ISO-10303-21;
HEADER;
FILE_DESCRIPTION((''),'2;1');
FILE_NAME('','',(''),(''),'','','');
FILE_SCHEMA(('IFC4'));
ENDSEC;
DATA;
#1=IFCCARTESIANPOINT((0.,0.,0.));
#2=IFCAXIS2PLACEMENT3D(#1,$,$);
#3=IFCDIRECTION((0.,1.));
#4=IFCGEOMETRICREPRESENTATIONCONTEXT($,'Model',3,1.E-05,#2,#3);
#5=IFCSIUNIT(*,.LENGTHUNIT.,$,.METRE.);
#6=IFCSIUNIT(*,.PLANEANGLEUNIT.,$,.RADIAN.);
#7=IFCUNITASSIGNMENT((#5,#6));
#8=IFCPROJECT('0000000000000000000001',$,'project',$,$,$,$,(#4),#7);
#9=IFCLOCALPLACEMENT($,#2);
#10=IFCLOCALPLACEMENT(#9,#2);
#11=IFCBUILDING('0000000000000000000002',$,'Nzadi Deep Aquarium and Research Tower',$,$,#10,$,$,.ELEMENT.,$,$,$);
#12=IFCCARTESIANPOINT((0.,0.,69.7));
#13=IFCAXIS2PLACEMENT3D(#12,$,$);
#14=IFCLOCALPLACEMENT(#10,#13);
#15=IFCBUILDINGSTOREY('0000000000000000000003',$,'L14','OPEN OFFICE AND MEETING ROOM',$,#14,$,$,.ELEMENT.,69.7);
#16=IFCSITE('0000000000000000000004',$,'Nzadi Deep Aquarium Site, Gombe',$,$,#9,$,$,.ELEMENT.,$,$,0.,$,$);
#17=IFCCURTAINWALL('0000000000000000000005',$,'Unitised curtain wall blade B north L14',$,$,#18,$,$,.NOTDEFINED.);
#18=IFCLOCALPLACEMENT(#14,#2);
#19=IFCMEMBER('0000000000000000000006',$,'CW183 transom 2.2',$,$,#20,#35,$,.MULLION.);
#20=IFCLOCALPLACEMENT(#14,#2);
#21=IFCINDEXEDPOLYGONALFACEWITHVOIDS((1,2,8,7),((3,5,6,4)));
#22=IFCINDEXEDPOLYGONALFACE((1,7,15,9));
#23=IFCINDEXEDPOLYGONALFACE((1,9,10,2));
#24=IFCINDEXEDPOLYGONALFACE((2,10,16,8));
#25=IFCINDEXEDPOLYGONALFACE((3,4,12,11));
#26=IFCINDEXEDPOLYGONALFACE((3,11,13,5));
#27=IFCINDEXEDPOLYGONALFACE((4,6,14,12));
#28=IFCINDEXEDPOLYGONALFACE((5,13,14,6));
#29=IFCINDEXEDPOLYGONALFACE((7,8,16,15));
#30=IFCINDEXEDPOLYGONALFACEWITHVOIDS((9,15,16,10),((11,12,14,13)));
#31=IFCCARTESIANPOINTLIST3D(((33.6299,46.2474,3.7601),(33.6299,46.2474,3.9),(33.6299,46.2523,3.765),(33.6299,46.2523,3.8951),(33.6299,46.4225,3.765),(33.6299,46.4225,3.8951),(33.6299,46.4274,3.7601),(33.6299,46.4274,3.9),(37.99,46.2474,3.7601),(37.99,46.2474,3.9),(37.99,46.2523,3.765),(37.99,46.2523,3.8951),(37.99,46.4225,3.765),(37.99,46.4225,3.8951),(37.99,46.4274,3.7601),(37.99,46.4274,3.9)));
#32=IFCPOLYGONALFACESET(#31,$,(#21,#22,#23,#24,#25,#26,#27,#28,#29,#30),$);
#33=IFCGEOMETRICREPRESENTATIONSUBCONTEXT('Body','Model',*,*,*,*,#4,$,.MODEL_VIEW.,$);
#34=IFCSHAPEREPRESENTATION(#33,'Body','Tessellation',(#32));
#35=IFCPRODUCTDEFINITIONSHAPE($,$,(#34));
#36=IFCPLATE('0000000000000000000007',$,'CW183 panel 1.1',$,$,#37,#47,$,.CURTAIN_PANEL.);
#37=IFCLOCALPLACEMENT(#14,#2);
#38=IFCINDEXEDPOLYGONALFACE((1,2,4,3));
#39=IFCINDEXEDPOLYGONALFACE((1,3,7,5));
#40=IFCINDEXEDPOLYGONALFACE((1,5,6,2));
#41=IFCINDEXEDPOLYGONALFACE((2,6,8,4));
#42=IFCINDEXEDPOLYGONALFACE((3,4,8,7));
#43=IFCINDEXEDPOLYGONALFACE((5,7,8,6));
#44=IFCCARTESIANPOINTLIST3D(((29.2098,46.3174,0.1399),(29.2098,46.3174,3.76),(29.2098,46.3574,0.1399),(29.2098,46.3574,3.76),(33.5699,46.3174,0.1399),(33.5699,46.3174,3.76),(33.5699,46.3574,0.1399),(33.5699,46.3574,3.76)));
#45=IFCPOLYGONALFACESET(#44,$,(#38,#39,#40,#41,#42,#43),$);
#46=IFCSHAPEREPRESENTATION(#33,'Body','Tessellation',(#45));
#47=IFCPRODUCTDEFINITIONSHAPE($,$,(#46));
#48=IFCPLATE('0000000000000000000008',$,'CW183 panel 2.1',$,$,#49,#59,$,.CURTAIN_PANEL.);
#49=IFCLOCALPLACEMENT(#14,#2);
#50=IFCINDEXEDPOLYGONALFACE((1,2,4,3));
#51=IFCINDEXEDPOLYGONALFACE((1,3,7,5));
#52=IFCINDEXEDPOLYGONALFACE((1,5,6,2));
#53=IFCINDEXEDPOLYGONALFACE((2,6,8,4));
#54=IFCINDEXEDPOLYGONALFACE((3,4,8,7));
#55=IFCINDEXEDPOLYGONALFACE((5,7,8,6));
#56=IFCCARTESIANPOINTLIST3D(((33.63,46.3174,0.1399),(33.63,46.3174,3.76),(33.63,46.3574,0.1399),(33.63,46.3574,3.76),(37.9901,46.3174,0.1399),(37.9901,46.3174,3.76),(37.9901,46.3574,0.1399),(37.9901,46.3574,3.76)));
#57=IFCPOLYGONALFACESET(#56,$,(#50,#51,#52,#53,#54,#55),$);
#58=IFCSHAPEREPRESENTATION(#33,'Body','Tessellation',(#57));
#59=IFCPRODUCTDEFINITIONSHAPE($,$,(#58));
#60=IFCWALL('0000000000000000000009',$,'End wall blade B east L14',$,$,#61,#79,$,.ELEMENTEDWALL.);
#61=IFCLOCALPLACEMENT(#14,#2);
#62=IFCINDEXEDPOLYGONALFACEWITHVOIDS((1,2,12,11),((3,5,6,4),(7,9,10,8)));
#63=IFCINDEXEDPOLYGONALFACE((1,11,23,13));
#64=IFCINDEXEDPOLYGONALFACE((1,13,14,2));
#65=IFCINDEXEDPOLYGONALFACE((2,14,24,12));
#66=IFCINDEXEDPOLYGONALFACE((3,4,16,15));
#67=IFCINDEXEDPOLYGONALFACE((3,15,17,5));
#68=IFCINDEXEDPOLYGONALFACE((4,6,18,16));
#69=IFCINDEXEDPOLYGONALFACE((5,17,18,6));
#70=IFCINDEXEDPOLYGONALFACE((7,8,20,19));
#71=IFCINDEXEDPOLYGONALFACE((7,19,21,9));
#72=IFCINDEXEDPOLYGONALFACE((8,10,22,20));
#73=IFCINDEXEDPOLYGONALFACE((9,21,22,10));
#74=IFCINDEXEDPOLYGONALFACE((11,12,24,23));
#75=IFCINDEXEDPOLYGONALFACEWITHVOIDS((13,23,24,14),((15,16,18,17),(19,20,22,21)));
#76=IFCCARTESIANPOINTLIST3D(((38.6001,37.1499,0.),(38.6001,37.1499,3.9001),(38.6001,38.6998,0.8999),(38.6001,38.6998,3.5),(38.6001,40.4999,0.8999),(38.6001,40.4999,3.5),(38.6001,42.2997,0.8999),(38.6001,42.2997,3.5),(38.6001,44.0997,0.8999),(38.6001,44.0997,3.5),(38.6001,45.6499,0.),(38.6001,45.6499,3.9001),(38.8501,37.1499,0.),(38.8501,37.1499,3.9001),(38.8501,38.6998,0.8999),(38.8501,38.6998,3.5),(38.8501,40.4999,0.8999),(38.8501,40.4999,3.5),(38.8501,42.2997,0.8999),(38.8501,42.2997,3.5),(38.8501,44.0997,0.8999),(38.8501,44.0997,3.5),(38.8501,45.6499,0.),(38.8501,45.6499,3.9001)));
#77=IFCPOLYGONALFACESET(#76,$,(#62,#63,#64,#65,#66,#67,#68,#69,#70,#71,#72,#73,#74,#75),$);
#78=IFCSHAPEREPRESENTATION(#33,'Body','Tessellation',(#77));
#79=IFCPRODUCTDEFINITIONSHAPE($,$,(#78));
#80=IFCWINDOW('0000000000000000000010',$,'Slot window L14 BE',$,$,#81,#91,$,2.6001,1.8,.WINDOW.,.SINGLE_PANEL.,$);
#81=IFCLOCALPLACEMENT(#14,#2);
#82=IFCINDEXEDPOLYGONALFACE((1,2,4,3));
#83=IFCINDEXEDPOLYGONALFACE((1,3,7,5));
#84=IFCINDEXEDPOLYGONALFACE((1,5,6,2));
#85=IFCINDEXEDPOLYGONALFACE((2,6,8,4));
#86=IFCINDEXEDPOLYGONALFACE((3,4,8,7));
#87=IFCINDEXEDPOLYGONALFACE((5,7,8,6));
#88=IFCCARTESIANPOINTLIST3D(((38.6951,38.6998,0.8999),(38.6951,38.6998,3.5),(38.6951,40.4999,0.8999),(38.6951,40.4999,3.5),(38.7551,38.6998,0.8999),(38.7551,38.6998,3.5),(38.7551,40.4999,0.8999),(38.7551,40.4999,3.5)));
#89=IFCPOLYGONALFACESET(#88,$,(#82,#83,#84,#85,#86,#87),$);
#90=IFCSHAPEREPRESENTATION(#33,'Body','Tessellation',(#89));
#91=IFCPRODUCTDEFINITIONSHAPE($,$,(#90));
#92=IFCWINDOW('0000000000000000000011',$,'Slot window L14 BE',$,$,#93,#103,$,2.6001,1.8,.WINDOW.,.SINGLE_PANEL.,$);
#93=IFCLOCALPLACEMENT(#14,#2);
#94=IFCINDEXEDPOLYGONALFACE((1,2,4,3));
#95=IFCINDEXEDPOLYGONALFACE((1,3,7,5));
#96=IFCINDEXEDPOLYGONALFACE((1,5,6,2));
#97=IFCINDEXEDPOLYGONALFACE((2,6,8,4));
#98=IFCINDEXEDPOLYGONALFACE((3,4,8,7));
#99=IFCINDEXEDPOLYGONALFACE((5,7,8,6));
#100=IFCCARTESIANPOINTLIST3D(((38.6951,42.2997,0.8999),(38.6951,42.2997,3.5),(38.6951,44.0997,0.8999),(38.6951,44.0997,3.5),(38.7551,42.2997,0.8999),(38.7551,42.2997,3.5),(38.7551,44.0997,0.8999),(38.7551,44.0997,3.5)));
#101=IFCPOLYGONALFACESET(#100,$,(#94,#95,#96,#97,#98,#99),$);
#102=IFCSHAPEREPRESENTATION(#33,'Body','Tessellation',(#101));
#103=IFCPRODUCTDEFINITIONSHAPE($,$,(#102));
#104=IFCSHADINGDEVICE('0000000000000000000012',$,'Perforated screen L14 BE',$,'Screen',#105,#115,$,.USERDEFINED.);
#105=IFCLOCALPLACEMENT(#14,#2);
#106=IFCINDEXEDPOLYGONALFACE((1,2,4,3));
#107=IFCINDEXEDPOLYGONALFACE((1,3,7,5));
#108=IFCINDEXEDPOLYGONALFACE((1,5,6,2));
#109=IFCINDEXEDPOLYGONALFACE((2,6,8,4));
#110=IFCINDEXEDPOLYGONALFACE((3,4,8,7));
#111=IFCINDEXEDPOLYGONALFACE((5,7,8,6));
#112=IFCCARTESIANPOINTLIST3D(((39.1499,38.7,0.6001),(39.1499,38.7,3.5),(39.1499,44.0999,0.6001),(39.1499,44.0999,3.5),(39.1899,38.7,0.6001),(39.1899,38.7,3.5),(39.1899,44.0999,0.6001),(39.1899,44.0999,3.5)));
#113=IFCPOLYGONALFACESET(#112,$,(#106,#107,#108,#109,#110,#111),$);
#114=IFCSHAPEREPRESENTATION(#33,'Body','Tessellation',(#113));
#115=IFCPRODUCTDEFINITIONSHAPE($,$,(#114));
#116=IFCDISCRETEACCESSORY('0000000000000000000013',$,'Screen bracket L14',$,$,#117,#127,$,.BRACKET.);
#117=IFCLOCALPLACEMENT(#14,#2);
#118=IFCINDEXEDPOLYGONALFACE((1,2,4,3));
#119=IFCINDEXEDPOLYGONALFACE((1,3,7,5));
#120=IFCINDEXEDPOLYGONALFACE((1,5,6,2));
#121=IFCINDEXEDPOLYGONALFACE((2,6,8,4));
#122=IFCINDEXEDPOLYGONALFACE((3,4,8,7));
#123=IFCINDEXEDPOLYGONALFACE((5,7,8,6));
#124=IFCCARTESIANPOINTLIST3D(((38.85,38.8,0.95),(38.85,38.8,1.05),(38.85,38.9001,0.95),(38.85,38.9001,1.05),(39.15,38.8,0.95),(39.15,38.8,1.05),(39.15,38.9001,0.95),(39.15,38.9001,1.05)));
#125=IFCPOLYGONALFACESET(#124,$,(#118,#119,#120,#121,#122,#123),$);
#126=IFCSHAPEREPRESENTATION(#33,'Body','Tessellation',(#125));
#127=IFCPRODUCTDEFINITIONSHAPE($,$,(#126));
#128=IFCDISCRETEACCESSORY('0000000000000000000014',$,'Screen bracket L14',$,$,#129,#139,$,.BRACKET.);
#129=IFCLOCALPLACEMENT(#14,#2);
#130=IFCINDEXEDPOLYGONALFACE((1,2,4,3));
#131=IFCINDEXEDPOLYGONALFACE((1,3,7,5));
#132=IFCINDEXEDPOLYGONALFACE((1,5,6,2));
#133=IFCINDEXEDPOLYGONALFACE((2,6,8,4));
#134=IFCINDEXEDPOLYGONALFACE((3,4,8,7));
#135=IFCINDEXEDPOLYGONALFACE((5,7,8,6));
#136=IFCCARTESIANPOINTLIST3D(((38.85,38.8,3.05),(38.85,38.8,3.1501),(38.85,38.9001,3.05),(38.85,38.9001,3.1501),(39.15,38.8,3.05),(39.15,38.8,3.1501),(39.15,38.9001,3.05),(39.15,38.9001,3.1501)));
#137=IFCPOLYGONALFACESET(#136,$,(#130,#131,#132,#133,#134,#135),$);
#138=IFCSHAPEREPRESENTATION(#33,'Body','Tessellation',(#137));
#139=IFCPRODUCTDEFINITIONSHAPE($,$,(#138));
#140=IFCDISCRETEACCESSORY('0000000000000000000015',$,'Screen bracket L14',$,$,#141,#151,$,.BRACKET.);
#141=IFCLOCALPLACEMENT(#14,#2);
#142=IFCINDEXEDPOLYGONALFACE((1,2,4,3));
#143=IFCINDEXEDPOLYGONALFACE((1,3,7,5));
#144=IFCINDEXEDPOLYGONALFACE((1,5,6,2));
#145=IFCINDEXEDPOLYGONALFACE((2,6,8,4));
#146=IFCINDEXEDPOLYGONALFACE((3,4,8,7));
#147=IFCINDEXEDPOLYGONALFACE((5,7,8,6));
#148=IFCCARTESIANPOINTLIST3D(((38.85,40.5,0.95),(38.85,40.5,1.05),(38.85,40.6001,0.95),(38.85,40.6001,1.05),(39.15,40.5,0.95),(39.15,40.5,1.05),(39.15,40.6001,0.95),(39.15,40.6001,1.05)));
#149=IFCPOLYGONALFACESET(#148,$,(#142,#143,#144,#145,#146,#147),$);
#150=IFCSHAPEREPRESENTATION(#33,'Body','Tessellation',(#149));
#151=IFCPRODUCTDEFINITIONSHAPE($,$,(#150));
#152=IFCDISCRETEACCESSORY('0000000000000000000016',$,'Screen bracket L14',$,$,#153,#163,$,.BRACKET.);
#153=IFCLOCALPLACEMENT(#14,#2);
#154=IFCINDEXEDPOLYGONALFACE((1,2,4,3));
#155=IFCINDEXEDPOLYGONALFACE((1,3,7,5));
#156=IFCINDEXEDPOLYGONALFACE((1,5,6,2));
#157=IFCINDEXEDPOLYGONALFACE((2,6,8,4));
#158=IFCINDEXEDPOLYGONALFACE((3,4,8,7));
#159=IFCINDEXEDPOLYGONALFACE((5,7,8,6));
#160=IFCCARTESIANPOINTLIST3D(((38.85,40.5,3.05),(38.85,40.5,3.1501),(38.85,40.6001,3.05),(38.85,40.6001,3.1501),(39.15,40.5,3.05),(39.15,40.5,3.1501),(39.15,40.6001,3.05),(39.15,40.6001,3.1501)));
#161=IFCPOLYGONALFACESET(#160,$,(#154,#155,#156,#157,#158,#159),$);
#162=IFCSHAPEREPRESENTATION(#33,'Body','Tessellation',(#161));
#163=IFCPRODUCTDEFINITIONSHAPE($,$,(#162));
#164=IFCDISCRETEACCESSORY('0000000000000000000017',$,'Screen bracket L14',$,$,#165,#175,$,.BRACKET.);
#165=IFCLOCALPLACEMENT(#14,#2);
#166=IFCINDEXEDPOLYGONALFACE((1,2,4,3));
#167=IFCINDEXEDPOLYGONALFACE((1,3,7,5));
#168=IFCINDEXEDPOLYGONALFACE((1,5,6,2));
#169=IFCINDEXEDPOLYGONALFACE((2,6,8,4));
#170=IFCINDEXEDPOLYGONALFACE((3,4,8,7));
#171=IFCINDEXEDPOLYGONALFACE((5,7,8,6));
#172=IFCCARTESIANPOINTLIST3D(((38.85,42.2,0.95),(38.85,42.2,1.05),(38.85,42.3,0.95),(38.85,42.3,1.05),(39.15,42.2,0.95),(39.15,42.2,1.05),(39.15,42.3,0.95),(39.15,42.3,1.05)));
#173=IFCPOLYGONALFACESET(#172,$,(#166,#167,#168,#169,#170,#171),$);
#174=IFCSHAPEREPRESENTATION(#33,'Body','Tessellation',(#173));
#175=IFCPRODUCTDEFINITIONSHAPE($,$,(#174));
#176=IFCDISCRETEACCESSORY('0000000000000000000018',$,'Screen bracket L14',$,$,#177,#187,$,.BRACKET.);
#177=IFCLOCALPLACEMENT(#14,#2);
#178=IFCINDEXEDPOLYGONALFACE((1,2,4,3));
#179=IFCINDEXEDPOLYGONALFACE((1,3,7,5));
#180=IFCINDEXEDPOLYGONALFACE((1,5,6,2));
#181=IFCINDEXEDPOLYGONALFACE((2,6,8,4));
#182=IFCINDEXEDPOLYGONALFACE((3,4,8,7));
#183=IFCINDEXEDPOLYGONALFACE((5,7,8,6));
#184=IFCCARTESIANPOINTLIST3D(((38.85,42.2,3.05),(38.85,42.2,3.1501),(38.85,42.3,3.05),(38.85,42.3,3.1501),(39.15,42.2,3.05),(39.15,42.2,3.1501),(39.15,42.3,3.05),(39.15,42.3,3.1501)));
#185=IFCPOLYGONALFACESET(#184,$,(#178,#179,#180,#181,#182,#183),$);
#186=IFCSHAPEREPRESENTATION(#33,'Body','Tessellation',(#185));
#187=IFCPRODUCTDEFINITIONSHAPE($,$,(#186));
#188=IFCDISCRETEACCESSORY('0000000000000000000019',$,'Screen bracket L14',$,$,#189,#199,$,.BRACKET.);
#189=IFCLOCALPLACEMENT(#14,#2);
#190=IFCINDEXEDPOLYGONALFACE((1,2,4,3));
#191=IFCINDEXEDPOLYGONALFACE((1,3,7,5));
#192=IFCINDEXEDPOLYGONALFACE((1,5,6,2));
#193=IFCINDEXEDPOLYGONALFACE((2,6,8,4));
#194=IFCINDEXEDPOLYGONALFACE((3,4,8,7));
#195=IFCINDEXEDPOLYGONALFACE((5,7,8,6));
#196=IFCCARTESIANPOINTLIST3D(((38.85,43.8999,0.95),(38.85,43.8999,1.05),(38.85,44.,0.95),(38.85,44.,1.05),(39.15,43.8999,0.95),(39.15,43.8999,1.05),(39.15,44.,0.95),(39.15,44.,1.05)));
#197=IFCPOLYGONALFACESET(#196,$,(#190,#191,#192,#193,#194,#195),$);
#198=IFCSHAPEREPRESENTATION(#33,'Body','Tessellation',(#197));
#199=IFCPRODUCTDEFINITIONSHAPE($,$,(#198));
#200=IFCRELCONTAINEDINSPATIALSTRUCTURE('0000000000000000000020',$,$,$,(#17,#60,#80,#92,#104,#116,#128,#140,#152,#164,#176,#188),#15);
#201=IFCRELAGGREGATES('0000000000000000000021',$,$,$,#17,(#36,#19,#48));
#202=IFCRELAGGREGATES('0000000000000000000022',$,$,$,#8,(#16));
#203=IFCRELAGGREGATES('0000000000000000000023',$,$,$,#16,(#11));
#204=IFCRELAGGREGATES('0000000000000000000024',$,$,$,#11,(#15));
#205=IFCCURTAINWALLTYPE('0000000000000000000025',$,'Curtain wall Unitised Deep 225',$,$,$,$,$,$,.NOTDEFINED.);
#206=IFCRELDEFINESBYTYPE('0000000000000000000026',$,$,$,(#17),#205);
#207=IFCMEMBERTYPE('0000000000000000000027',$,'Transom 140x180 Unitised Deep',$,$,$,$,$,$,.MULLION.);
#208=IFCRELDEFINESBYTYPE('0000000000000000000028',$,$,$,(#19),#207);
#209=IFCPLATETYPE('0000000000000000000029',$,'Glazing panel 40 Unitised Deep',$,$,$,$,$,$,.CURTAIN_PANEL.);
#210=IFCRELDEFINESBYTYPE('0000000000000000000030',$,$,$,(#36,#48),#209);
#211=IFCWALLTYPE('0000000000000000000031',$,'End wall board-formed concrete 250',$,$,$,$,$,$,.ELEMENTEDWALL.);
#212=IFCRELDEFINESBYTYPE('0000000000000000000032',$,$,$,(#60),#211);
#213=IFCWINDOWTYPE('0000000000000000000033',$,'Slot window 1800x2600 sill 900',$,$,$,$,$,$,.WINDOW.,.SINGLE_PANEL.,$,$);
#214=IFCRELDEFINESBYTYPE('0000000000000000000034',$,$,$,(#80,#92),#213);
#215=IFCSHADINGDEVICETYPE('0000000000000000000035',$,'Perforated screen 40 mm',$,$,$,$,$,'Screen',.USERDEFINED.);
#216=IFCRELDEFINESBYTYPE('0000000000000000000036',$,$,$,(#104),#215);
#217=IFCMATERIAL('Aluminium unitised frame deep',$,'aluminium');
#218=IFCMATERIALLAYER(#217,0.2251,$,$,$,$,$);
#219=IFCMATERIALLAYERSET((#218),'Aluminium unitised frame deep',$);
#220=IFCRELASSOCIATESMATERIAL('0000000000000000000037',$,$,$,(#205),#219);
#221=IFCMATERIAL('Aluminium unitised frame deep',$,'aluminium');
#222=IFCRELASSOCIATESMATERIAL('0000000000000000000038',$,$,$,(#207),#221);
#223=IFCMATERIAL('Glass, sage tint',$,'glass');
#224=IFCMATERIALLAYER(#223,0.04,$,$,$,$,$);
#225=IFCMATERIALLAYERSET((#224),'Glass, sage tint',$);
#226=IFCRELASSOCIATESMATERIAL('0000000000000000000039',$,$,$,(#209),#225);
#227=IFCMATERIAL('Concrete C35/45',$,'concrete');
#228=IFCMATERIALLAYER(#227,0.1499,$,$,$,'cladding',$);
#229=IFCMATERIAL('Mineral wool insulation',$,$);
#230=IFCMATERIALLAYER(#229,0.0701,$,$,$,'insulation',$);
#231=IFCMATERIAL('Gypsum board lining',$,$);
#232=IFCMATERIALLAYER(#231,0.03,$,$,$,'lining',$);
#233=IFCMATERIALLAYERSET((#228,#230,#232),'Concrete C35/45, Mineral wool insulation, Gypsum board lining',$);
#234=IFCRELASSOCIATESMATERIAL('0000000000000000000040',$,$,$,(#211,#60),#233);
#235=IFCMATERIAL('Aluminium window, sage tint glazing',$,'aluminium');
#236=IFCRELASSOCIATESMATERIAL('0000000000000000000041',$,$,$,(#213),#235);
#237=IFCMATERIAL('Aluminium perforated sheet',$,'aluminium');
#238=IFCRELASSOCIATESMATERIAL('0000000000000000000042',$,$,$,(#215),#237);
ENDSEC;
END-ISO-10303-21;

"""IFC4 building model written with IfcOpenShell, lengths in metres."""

from ifc_helpers import new_model, si_unit, direction, frame, frame_2d, origin, origin_2d, place, context, subcontext, project, spatial, rectangle, hollow_rectangle, extrude, material, layer, layer_set, layer_usage, material_profile, profile_set, type_object, element, fill, aggregate, save


model = new_model("IFC4")

# Units and contexts
model_context = context("Model", 3, precision=1e-05, world=origin(), true_north=direction((0.0, 1.0)))
body_context = subcontext(model_context, "Body", "Model", "MODEL_VIEW")
ifc_project = project(units=[si_unit("LENGTHUNIT", "METRE"), si_unit("PLANEANGLEUNIT", "RADIAN")], contexts=[model_context])

# Site, building, storey
site_placement = place(None, origin())
site = spatial("IfcSite", under=ifc_project, at=site_placement, Name="Nzadi Deep Aquarium Site, Gombe", CompositionType="ELEMENT", RefElevation=0.0)
building_placement = place(site_placement, origin())
building = spatial("IfcBuilding", under=site, at=building_placement, Name="Nzadi Deep Aquarium and Research Tower", CompositionType="ELEMENT")
storey_placement = place(building_placement, frame((0.0, 0.0, 69.7)))
storey = spatial("IfcBuildingStorey", under=building, at=storey_placement, Name="L14", Description="OPEN OFFICE AND MEETING ROOM", CompositionType="ELEMENT", Elevation=69.7)

# Curtain wall
ifc_material_1 = material(Name="Aluminium unitised frame deep", Category="aluminium")
ifc_layer_1 = layer(ifc_material_1, 0.2251)
ifc_layer_set_1 = layer_set([ifc_layer_1], Name="Aluminium unitised frame deep")
curtain_wall_type = type_object("IfcCurtainWallType", Name="Curtain wall Unitised Deep 225", PredefinedType="NOTDEFINED", material=ifc_layer_set_1)
curtain_wall_placement = place(storey_placement, origin())
curtain_wall = element("IfcCurtainWall", 1, at=curtain_wall_placement, inside=storey, type_object=curtain_wall_type, Name="Unitised curtain wall blade B north L14", PredefinedType="NOTDEFINED")

# Member
ifc_material_2 = material(Name="Aluminium unitised frame deep", Category="aluminium")
ifc_material_profile_1 = material_profile(ifc_material_2, hollow_rectangle(XDim=0.1799, YDim=0.1399, WallThickness=0.0049, at=origin_2d()))
ifc_profile_set_1 = profile_set([ifc_material_profile_1], Name="Aluminium unitised frame deep")
member_type_1 = type_object("IfcMemberType", Name="Transom 140x180 Unitised Deep", PredefinedType="MULLION", material=ifc_profile_set_1)
member_1_placement = place(storey_placement, frame((33.6299, 46.3374, 3.8301), z_axis=(1.0, 0.0, 0.0), x_axis=(0.0, 1.0, 0.0)))
member_1 = element("IfcMember", 2, at=member_1_placement, type_object=member_type_1, Name="CW183 transom 2.2", PredefinedType="MULLION", context=body_context, shape_type="SweptSolid", body=[
    extrude(hollow_rectangle(XDim=0.1799, YDim=0.1399, WallThickness=0.0049, at=origin_2d()), origin(), (0.0, 0.0, 1.0), 4.3601),
])

# Plates
ifc_material_3 = material(Name="Glass, sage tint", Category="glass")
ifc_layer_2 = layer(ifc_material_3, 0.04)
ifc_layer_set_2 = layer_set([ifc_layer_2], Name="Glass, sage tint")
plate_type = type_object("IfcPlateType", Name="Glazing panel 40 Unitised Deep", PredefinedType="CURTAIN_PANEL", material=ifc_layer_set_2)
plate_1_placement = place(storey_placement, frame((31.3899, 46.3374, 0.1399), z_axis=(0.0, 0.0, 1.0), x_axis=(1.0, 0.0, 0.0)))
plate_1 = element("IfcPlate", 3, at=plate_1_placement, type_object=plate_type, Name="CW183 panel 1.1", PredefinedType="CURTAIN_PANEL", context=body_context, shape_type="SweptSolid", body=[
    extrude(rectangle(XDim=4.3601, YDim=0.04, at=origin_2d()), origin(), (0.0, 0.0, 1.0), 3.6201),
])
plate_2_placement = place(storey_placement, frame((35.8101, 46.3374, 0.1399), z_axis=(0.0, 0.0, 1.0), x_axis=(1.0, 0.0, 0.0)))
plate_2 = element("IfcPlate", 4, at=plate_2_placement, type_object=plate_type, Name="CW183 panel 2.1", PredefinedType="CURTAIN_PANEL", context=body_context, shape_type="SweptSolid", body=[
    extrude(rectangle(XDim=4.3601, YDim=0.04, at=origin_2d()), origin(), (0.0, 0.0, 1.0), 3.6201),
])
aggregate(curtain_wall, [plate_1, member_1, plate_2])

# Wall, openings, windows
ifc_material_4 = material(Name="Concrete C35/45", Category="concrete")
ifc_layer_3 = layer(ifc_material_4, 0.1499, Category="cladding")
ifc_material_5 = material(Name="Mineral wool insulation")
ifc_layer_4 = layer(ifc_material_5, 0.0701, Category="insulation")
ifc_material_6 = material(Name="Gypsum board lining")
ifc_layer_5 = layer(ifc_material_6, 0.03, Category="lining")
ifc_layer_set_3 = layer_set([ifc_layer_3, ifc_layer_4, ifc_layer_5], Name="Concrete C35/45, Mineral wool insulation, Gypsum board lining")
ifc_layer_usage = layer_usage(ifc_layer_set_3, "AXIS2", "POSITIVE", -0.125)
wall_type = type_object("IfcWallType", Name="End wall board-formed concrete 250", PredefinedType="ELEMENTEDWALL", material=ifc_layer_set_3)
wall_placement = place(storey_placement, frame((38.7251, 37.1499, 0.0), z_axis=(0.0, 0.0, 1.0), x_axis=(0.0, 1.0, 0.0)))
wall = element("IfcWall", 5, at=wall_placement, inside=storey, type_object=wall_type, material=ifc_layer_usage, Name="End wall blade B east L14", PredefinedType="ELEMENTEDWALL", context=body_context, shape_type="SweptSolid", body=[
    extrude(rectangle(XDim=8.5, YDim=0.25, at=frame_2d((4.25, 0.0))), origin(), (0.0, 0.0, 1.0), 3.9001),
])
opening_1_placement = place(wall_placement, frame((1.55, 0.0, 0.8999)))
opening_1 = element("IfcOpeningElement", 6, at=opening_1_placement, cuts=wall, PredefinedType="OPENING", context=body_context, shape_type="SweptSolid", body=[
    extrude(rectangle(XDim=1.8, YDim=2.6001, at=frame_2d((0.8999, 1.3))), frame((0.0, 0.135, 0.0), z_axis=(0.0, -1.0, 0.0), x_axis=(1.0, 0.0, 0.0)), (0.0, 0.0, 1.0), 0.27),
])
opening_2_placement = place(wall_placement, frame((5.1499, 0.0, 0.8999)))
opening_2 = element("IfcOpeningElement", 7, at=opening_2_placement, cuts=wall, PredefinedType="OPENING", context=body_context, shape_type="SweptSolid", body=[
    extrude(rectangle(XDim=1.8, YDim=2.6001, at=frame_2d((0.8999, 1.3))), frame((0.0, 0.135, 0.0), z_axis=(0.0, -1.0, 0.0), x_axis=(1.0, 0.0, 0.0)), (0.0, 0.0, 1.0), 0.27),
])
ifc_material_7 = material(Name="Aluminium window, sage tint glazing", Category="aluminium")
window_type = type_object("IfcWindowType", Name="Slot window 1800x2600 sill 900", PartitioningType="SINGLE_PANEL", PredefinedType="WINDOW", material=ifc_material_7)
window_1_placement = place(opening_1_placement, origin())
window_1 = element("IfcWindow", 8, at=window_1_placement, inside=storey, type_object=window_type, Name="Slot window L14 BE", OverallHeight=2.6001, OverallWidth=1.8, PartitioningType="SINGLE_PANEL", PredefinedType="WINDOW", context=body_context, shape_type="SweptSolid", body=[
    extrude(rectangle(XDim=1.8, YDim=2.6001, at=frame_2d((0.8999, 1.3))), frame((0.0, 0.03, 0.0), z_axis=(0.0, -1.0, 0.0), x_axis=(1.0, 0.0, 0.0)), (0.0, 0.0, 1.0), 0.0601),
])
fill(opening_1, window_1)
window_2_placement = place(opening_2_placement, origin())
window_2 = element("IfcWindow", 9, at=window_2_placement, inside=storey, type_object=window_type, Name="Slot window L14 BE", OverallHeight=2.6001, OverallWidth=1.8, PartitioningType="SINGLE_PANEL", PredefinedType="WINDOW", context=body_context, shape_type="SweptSolid", body=[
    extrude(rectangle(XDim=1.8, YDim=2.6001, at=frame_2d((0.8999, 1.3))), frame((0.0, 0.03, 0.0), z_axis=(0.0, -1.0, 0.0), x_axis=(1.0, 0.0, 0.0)), (0.0, 0.0, 1.0), 0.0601),
])
fill(opening_2, window_2)

# Shading device
ifc_material_8 = material(Name="Aluminium perforated sheet", Category="aluminium")
shading_device_type = type_object("IfcShadingDeviceType", Name="Perforated screen 40 mm", ElementType="Screen", PredefinedType="USERDEFINED", material=ifc_material_8)
shading_device_placement = place(storey_placement, frame((39.1699, 41.3999, 0.6001), z_axis=(0.0, 0.0, 1.0), x_axis=(1.0, 0.0, 0.0)))
element("IfcShadingDevice", 10, at=shading_device_placement, inside=storey, type_object=shading_device_type, Name="Perforated screen L14 BE", ObjectType="Screen", PredefinedType="USERDEFINED", context=body_context, shape_type="SweptSolid", body=[
    extrude(rectangle(XDim=0.04, YDim=5.3999, at=origin_2d()), origin(), (0.0, 0.0, 1.0), 2.8999),
])

# Discrete accessories
for number, where, z_axis, x_axis, name in (
    (11, (39.0, 38.8501, 0.95), (0.0, 0.0, 1.0), (1.0, 0.0, 0.0), "Screen bracket L14"),
    (12, (39.0, 38.8501, 3.05), (0.0, 0.0, 1.0), (1.0, 0.0, 0.0), "Screen bracket L14"),
    (13, (39.0, 40.55, 0.95), (0.0, 0.0, 1.0), (1.0, 0.0, 0.0), "Screen bracket L14"),
    (14, (39.0, 40.55, 3.05), (0.0, 0.0, 1.0), (1.0, 0.0, 0.0), "Screen bracket L14"),
    (15, (39.0, 42.25, 0.95), (0.0, 0.0, 1.0), (1.0, 0.0, 0.0), "Screen bracket L14"),
    (16, (39.0, 42.25, 3.05), (0.0, 0.0, 1.0), (1.0, 0.0, 0.0), "Screen bracket L14"),
    (17, (39.0, 43.95, 0.95), (0.0, 0.0, 1.0), (1.0, 0.0, 0.0), "Screen bracket L14"),
):
    element("IfcDiscreteAccessory", number, at=place(storey_placement, frame(where, z_axis=z_axis, x_axis=x_axis)), inside=storey, Name=name, PredefinedType="BRACKET", context=body_context, shape_type="SweptSolid", body=[
        extrude(rectangle(XDim=0.3, YDim=0.1001, at=origin_2d()), origin(), (0.0, 0.0, 1.0), 0.1001),
    ])

save(model, "model.ifc")
